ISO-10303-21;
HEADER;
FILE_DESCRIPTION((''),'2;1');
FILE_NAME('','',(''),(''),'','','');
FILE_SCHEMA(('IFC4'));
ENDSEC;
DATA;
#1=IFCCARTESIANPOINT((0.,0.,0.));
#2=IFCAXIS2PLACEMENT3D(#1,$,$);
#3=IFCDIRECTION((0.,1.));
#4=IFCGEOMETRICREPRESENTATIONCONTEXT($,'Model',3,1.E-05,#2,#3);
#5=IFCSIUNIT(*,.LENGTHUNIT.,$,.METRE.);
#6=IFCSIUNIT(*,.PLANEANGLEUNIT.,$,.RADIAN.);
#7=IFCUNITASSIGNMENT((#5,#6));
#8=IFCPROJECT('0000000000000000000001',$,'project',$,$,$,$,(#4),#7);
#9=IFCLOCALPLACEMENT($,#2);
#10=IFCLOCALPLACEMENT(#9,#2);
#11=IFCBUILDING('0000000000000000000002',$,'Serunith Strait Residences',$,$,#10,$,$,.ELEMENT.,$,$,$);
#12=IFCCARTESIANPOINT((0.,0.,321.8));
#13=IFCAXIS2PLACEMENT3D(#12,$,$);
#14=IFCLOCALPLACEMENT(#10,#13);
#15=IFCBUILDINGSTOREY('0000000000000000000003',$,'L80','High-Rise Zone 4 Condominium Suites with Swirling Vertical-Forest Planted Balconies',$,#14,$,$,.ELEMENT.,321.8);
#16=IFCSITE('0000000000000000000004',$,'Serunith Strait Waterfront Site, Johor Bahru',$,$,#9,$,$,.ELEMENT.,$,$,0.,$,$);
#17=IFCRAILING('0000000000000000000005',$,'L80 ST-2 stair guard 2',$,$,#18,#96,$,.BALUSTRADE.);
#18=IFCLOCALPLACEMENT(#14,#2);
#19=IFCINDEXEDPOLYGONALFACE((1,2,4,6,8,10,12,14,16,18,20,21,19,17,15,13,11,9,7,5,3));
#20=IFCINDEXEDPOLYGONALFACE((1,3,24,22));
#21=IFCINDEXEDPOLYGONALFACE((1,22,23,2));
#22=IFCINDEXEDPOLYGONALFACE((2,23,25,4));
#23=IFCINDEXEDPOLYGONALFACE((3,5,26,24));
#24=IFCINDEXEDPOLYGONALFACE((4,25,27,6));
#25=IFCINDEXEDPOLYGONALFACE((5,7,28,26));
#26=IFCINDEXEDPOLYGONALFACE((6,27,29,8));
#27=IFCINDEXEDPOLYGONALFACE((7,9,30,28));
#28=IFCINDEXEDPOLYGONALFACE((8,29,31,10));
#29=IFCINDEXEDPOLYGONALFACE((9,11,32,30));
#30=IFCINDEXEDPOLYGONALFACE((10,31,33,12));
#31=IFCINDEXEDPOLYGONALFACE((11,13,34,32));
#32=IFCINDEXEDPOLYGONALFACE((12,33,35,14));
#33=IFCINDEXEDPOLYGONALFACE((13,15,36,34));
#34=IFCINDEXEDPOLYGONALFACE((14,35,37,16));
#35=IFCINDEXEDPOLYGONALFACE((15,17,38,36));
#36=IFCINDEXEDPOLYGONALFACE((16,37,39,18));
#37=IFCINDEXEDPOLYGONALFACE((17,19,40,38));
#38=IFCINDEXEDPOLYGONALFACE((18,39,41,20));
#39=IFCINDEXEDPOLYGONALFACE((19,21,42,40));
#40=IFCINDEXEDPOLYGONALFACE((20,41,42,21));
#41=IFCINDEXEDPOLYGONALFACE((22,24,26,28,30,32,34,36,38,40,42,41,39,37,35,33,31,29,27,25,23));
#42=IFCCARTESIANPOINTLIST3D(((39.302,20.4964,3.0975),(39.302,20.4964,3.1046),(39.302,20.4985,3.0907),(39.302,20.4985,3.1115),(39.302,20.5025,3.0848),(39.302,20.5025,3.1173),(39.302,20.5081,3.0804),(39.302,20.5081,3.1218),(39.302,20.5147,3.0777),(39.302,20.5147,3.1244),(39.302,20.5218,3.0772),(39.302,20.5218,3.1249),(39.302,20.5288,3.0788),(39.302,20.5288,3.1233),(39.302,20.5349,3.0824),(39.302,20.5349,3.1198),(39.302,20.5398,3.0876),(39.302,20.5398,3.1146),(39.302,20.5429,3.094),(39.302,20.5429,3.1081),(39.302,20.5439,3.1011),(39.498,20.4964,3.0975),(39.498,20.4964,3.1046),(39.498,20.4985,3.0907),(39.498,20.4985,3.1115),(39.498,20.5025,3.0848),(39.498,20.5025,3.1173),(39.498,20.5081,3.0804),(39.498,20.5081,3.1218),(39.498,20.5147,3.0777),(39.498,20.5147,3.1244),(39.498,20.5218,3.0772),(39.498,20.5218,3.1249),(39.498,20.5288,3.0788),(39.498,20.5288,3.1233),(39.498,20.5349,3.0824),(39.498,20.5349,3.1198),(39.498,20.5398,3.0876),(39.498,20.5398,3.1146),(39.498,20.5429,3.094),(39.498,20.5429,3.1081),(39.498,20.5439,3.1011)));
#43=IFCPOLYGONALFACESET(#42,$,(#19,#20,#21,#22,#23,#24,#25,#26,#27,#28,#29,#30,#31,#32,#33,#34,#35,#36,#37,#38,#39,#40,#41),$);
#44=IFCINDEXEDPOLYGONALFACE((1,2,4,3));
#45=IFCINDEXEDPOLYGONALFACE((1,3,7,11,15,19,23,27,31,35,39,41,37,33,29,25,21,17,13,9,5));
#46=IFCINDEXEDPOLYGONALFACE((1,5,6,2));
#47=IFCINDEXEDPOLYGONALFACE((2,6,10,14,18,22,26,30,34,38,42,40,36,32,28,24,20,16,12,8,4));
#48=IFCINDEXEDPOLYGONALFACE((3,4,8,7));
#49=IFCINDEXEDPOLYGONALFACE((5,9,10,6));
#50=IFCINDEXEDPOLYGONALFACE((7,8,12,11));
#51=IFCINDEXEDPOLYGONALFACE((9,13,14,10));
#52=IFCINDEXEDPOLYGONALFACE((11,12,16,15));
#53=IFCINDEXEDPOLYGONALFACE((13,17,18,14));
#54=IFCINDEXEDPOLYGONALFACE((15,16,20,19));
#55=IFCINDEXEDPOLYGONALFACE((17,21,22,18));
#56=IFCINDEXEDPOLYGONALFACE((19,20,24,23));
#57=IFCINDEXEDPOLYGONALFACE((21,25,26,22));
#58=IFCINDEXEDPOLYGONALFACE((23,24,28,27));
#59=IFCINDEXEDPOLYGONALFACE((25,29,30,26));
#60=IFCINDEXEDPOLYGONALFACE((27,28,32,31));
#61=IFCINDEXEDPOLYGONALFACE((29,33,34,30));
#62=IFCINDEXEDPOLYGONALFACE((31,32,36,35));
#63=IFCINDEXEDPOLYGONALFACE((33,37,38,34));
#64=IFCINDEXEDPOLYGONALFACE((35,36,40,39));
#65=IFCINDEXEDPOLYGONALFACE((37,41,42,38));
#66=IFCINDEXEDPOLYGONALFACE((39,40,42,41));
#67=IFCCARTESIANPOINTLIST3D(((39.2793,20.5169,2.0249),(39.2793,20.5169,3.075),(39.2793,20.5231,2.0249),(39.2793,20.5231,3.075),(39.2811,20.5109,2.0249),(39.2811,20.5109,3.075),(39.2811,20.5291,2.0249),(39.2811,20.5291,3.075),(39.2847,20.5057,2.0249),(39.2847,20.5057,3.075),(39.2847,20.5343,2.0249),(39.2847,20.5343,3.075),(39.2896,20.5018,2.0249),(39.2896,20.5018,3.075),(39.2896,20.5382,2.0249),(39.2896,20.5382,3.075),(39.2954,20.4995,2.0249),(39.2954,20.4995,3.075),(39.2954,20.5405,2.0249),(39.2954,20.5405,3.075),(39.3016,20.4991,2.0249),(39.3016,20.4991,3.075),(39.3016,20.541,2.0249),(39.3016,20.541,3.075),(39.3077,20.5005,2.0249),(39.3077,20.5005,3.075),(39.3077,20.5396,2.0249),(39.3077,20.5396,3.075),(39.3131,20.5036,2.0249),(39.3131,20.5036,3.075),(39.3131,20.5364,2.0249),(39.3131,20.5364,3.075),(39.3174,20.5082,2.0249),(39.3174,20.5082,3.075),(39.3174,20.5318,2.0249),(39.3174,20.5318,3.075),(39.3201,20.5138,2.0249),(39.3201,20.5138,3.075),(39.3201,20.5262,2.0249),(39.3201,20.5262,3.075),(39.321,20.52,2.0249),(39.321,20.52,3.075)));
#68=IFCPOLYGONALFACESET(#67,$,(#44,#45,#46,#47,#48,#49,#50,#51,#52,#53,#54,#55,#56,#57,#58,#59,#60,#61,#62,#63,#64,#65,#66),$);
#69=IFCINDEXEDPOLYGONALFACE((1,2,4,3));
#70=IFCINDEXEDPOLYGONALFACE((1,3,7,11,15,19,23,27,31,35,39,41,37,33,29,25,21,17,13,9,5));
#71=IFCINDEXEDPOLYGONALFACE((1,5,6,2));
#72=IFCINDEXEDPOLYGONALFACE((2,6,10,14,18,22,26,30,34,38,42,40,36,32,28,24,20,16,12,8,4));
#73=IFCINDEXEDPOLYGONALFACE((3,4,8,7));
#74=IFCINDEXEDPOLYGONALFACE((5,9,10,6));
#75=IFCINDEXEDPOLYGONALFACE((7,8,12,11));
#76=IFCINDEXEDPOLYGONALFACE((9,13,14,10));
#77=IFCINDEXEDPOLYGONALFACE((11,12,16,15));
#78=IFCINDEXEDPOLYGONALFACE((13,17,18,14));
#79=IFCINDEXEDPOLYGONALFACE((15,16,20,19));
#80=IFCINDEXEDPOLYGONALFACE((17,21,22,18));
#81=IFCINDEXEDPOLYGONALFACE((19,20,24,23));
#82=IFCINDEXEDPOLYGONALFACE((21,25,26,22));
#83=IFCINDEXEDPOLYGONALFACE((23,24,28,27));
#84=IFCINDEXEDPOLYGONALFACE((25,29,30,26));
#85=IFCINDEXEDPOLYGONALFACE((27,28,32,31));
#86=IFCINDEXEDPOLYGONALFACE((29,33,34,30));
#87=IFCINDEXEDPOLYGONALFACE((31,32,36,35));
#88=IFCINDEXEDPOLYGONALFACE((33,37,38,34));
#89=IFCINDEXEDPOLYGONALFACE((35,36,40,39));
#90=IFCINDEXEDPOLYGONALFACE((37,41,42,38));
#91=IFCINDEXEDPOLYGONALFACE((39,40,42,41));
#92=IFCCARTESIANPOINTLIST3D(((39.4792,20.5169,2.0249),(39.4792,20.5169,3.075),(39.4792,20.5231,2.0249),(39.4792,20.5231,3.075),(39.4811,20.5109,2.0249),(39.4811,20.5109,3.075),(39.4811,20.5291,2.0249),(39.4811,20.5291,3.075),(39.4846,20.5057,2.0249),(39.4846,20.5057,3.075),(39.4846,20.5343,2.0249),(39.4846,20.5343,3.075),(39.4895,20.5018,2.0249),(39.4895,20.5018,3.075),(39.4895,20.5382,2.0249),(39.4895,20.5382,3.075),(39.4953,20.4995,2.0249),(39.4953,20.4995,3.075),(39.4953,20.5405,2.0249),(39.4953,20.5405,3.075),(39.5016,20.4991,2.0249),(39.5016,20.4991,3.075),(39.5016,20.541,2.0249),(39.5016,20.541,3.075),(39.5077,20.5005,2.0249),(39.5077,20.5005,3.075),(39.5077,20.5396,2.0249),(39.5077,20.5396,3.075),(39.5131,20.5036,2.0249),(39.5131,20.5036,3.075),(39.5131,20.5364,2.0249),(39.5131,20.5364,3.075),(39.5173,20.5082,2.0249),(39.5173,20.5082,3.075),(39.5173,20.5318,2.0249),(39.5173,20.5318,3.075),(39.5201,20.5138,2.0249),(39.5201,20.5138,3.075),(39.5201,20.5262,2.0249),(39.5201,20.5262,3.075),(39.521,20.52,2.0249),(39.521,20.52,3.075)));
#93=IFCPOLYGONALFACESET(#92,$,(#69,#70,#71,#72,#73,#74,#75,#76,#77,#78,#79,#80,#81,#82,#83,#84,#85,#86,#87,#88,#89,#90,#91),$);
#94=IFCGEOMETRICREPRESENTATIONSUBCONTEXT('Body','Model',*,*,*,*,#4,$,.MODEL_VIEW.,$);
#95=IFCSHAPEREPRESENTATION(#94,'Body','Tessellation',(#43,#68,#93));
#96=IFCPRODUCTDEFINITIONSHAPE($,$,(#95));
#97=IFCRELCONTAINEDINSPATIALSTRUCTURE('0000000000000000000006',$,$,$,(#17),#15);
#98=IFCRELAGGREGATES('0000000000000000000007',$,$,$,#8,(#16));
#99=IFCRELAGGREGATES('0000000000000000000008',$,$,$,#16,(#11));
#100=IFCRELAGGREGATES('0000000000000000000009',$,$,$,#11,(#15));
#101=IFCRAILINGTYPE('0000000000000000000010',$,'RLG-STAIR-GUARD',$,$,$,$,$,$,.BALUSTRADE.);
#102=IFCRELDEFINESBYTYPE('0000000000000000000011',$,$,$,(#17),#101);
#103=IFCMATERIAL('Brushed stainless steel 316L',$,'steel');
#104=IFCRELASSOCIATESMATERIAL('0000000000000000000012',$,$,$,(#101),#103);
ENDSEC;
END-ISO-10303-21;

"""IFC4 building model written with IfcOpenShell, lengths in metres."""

from ifc_helpers import new_model, si_unit, direction, frame, origin, origin_2d, place, context, subcontext, project, spatial, circle, extrude, material, type_object, element, save


model = new_model("IFC4")

# Units and contexts
model_context = context("Model", 3, precision=1e-05, world=origin(), true_north=direction((0.0, 1.0)))
body_context = subcontext(model_context, "Body", "Model", "MODEL_VIEW")
ifc_project = project(units=[si_unit("LENGTHUNIT", "METRE"), si_unit("PLANEANGLEUNIT", "RADIAN")], contexts=[model_context])

# Site, building, storey
site_placement = place(None, origin())
site = spatial("IfcSite", under=ifc_project, at=site_placement, Name="Serunith Strait Waterfront Site, Johor Bahru", CompositionType="ELEMENT", RefElevation=0.0)
building_placement = place(site_placement, origin())
building = spatial("IfcBuilding", under=site, at=building_placement, Name="Serunith Strait Residences", CompositionType="ELEMENT")
storey_placement = place(building_placement, frame((0.0, 0.0, 321.8)))
storey = spatial("IfcBuildingStorey", under=building, at=storey_placement, Name="L80", Description="High-Rise Zone 4 Condominium Suites with Swirling Vertical-Forest Planted Balconies", CompositionType="ELEMENT", Elevation=321.8)

# Railing
ifc_material_1 = material(Name="Brushed stainless steel 316L", Category="steel")
railing_type_1 = type_object("IfcRailingType", Name="RLG-STAIR-GUARD", PredefinedType="BALUSTRADE", material=ifc_material_1)
railing_1_placement = place(storey_placement, frame((39.3, 20.52, 2.0249)))
element("IfcRailing", 1, at=railing_1_placement, inside=storey, type_object=railing_type_1, Name="L80 ST-2 stair guard 2", PredefinedType="BALUSTRADE", context=body_context, shape_type="SweptSolid", body=[
    extrude(circle(Radius=0.0239, at=origin_2d()), frame((0.002, 0.0, 1.0762), z_axis=(1.0, 0.0, 0.0), x_axis=(0.0, 1.0, 0.0)), (0.0, 0.0, 1.0), 0.196),
    extrude(circle(Radius=0.021, at=origin_2d()), origin(), (0.0, 0.0, 1.0), 1.05),
    extrude(circle(Radius=0.021, at=origin_2d()), frame((0.2, 0.0, 0.0)), (0.0, 0.0, 1.0), 1.05),
])

save(model, "model.ifc")
